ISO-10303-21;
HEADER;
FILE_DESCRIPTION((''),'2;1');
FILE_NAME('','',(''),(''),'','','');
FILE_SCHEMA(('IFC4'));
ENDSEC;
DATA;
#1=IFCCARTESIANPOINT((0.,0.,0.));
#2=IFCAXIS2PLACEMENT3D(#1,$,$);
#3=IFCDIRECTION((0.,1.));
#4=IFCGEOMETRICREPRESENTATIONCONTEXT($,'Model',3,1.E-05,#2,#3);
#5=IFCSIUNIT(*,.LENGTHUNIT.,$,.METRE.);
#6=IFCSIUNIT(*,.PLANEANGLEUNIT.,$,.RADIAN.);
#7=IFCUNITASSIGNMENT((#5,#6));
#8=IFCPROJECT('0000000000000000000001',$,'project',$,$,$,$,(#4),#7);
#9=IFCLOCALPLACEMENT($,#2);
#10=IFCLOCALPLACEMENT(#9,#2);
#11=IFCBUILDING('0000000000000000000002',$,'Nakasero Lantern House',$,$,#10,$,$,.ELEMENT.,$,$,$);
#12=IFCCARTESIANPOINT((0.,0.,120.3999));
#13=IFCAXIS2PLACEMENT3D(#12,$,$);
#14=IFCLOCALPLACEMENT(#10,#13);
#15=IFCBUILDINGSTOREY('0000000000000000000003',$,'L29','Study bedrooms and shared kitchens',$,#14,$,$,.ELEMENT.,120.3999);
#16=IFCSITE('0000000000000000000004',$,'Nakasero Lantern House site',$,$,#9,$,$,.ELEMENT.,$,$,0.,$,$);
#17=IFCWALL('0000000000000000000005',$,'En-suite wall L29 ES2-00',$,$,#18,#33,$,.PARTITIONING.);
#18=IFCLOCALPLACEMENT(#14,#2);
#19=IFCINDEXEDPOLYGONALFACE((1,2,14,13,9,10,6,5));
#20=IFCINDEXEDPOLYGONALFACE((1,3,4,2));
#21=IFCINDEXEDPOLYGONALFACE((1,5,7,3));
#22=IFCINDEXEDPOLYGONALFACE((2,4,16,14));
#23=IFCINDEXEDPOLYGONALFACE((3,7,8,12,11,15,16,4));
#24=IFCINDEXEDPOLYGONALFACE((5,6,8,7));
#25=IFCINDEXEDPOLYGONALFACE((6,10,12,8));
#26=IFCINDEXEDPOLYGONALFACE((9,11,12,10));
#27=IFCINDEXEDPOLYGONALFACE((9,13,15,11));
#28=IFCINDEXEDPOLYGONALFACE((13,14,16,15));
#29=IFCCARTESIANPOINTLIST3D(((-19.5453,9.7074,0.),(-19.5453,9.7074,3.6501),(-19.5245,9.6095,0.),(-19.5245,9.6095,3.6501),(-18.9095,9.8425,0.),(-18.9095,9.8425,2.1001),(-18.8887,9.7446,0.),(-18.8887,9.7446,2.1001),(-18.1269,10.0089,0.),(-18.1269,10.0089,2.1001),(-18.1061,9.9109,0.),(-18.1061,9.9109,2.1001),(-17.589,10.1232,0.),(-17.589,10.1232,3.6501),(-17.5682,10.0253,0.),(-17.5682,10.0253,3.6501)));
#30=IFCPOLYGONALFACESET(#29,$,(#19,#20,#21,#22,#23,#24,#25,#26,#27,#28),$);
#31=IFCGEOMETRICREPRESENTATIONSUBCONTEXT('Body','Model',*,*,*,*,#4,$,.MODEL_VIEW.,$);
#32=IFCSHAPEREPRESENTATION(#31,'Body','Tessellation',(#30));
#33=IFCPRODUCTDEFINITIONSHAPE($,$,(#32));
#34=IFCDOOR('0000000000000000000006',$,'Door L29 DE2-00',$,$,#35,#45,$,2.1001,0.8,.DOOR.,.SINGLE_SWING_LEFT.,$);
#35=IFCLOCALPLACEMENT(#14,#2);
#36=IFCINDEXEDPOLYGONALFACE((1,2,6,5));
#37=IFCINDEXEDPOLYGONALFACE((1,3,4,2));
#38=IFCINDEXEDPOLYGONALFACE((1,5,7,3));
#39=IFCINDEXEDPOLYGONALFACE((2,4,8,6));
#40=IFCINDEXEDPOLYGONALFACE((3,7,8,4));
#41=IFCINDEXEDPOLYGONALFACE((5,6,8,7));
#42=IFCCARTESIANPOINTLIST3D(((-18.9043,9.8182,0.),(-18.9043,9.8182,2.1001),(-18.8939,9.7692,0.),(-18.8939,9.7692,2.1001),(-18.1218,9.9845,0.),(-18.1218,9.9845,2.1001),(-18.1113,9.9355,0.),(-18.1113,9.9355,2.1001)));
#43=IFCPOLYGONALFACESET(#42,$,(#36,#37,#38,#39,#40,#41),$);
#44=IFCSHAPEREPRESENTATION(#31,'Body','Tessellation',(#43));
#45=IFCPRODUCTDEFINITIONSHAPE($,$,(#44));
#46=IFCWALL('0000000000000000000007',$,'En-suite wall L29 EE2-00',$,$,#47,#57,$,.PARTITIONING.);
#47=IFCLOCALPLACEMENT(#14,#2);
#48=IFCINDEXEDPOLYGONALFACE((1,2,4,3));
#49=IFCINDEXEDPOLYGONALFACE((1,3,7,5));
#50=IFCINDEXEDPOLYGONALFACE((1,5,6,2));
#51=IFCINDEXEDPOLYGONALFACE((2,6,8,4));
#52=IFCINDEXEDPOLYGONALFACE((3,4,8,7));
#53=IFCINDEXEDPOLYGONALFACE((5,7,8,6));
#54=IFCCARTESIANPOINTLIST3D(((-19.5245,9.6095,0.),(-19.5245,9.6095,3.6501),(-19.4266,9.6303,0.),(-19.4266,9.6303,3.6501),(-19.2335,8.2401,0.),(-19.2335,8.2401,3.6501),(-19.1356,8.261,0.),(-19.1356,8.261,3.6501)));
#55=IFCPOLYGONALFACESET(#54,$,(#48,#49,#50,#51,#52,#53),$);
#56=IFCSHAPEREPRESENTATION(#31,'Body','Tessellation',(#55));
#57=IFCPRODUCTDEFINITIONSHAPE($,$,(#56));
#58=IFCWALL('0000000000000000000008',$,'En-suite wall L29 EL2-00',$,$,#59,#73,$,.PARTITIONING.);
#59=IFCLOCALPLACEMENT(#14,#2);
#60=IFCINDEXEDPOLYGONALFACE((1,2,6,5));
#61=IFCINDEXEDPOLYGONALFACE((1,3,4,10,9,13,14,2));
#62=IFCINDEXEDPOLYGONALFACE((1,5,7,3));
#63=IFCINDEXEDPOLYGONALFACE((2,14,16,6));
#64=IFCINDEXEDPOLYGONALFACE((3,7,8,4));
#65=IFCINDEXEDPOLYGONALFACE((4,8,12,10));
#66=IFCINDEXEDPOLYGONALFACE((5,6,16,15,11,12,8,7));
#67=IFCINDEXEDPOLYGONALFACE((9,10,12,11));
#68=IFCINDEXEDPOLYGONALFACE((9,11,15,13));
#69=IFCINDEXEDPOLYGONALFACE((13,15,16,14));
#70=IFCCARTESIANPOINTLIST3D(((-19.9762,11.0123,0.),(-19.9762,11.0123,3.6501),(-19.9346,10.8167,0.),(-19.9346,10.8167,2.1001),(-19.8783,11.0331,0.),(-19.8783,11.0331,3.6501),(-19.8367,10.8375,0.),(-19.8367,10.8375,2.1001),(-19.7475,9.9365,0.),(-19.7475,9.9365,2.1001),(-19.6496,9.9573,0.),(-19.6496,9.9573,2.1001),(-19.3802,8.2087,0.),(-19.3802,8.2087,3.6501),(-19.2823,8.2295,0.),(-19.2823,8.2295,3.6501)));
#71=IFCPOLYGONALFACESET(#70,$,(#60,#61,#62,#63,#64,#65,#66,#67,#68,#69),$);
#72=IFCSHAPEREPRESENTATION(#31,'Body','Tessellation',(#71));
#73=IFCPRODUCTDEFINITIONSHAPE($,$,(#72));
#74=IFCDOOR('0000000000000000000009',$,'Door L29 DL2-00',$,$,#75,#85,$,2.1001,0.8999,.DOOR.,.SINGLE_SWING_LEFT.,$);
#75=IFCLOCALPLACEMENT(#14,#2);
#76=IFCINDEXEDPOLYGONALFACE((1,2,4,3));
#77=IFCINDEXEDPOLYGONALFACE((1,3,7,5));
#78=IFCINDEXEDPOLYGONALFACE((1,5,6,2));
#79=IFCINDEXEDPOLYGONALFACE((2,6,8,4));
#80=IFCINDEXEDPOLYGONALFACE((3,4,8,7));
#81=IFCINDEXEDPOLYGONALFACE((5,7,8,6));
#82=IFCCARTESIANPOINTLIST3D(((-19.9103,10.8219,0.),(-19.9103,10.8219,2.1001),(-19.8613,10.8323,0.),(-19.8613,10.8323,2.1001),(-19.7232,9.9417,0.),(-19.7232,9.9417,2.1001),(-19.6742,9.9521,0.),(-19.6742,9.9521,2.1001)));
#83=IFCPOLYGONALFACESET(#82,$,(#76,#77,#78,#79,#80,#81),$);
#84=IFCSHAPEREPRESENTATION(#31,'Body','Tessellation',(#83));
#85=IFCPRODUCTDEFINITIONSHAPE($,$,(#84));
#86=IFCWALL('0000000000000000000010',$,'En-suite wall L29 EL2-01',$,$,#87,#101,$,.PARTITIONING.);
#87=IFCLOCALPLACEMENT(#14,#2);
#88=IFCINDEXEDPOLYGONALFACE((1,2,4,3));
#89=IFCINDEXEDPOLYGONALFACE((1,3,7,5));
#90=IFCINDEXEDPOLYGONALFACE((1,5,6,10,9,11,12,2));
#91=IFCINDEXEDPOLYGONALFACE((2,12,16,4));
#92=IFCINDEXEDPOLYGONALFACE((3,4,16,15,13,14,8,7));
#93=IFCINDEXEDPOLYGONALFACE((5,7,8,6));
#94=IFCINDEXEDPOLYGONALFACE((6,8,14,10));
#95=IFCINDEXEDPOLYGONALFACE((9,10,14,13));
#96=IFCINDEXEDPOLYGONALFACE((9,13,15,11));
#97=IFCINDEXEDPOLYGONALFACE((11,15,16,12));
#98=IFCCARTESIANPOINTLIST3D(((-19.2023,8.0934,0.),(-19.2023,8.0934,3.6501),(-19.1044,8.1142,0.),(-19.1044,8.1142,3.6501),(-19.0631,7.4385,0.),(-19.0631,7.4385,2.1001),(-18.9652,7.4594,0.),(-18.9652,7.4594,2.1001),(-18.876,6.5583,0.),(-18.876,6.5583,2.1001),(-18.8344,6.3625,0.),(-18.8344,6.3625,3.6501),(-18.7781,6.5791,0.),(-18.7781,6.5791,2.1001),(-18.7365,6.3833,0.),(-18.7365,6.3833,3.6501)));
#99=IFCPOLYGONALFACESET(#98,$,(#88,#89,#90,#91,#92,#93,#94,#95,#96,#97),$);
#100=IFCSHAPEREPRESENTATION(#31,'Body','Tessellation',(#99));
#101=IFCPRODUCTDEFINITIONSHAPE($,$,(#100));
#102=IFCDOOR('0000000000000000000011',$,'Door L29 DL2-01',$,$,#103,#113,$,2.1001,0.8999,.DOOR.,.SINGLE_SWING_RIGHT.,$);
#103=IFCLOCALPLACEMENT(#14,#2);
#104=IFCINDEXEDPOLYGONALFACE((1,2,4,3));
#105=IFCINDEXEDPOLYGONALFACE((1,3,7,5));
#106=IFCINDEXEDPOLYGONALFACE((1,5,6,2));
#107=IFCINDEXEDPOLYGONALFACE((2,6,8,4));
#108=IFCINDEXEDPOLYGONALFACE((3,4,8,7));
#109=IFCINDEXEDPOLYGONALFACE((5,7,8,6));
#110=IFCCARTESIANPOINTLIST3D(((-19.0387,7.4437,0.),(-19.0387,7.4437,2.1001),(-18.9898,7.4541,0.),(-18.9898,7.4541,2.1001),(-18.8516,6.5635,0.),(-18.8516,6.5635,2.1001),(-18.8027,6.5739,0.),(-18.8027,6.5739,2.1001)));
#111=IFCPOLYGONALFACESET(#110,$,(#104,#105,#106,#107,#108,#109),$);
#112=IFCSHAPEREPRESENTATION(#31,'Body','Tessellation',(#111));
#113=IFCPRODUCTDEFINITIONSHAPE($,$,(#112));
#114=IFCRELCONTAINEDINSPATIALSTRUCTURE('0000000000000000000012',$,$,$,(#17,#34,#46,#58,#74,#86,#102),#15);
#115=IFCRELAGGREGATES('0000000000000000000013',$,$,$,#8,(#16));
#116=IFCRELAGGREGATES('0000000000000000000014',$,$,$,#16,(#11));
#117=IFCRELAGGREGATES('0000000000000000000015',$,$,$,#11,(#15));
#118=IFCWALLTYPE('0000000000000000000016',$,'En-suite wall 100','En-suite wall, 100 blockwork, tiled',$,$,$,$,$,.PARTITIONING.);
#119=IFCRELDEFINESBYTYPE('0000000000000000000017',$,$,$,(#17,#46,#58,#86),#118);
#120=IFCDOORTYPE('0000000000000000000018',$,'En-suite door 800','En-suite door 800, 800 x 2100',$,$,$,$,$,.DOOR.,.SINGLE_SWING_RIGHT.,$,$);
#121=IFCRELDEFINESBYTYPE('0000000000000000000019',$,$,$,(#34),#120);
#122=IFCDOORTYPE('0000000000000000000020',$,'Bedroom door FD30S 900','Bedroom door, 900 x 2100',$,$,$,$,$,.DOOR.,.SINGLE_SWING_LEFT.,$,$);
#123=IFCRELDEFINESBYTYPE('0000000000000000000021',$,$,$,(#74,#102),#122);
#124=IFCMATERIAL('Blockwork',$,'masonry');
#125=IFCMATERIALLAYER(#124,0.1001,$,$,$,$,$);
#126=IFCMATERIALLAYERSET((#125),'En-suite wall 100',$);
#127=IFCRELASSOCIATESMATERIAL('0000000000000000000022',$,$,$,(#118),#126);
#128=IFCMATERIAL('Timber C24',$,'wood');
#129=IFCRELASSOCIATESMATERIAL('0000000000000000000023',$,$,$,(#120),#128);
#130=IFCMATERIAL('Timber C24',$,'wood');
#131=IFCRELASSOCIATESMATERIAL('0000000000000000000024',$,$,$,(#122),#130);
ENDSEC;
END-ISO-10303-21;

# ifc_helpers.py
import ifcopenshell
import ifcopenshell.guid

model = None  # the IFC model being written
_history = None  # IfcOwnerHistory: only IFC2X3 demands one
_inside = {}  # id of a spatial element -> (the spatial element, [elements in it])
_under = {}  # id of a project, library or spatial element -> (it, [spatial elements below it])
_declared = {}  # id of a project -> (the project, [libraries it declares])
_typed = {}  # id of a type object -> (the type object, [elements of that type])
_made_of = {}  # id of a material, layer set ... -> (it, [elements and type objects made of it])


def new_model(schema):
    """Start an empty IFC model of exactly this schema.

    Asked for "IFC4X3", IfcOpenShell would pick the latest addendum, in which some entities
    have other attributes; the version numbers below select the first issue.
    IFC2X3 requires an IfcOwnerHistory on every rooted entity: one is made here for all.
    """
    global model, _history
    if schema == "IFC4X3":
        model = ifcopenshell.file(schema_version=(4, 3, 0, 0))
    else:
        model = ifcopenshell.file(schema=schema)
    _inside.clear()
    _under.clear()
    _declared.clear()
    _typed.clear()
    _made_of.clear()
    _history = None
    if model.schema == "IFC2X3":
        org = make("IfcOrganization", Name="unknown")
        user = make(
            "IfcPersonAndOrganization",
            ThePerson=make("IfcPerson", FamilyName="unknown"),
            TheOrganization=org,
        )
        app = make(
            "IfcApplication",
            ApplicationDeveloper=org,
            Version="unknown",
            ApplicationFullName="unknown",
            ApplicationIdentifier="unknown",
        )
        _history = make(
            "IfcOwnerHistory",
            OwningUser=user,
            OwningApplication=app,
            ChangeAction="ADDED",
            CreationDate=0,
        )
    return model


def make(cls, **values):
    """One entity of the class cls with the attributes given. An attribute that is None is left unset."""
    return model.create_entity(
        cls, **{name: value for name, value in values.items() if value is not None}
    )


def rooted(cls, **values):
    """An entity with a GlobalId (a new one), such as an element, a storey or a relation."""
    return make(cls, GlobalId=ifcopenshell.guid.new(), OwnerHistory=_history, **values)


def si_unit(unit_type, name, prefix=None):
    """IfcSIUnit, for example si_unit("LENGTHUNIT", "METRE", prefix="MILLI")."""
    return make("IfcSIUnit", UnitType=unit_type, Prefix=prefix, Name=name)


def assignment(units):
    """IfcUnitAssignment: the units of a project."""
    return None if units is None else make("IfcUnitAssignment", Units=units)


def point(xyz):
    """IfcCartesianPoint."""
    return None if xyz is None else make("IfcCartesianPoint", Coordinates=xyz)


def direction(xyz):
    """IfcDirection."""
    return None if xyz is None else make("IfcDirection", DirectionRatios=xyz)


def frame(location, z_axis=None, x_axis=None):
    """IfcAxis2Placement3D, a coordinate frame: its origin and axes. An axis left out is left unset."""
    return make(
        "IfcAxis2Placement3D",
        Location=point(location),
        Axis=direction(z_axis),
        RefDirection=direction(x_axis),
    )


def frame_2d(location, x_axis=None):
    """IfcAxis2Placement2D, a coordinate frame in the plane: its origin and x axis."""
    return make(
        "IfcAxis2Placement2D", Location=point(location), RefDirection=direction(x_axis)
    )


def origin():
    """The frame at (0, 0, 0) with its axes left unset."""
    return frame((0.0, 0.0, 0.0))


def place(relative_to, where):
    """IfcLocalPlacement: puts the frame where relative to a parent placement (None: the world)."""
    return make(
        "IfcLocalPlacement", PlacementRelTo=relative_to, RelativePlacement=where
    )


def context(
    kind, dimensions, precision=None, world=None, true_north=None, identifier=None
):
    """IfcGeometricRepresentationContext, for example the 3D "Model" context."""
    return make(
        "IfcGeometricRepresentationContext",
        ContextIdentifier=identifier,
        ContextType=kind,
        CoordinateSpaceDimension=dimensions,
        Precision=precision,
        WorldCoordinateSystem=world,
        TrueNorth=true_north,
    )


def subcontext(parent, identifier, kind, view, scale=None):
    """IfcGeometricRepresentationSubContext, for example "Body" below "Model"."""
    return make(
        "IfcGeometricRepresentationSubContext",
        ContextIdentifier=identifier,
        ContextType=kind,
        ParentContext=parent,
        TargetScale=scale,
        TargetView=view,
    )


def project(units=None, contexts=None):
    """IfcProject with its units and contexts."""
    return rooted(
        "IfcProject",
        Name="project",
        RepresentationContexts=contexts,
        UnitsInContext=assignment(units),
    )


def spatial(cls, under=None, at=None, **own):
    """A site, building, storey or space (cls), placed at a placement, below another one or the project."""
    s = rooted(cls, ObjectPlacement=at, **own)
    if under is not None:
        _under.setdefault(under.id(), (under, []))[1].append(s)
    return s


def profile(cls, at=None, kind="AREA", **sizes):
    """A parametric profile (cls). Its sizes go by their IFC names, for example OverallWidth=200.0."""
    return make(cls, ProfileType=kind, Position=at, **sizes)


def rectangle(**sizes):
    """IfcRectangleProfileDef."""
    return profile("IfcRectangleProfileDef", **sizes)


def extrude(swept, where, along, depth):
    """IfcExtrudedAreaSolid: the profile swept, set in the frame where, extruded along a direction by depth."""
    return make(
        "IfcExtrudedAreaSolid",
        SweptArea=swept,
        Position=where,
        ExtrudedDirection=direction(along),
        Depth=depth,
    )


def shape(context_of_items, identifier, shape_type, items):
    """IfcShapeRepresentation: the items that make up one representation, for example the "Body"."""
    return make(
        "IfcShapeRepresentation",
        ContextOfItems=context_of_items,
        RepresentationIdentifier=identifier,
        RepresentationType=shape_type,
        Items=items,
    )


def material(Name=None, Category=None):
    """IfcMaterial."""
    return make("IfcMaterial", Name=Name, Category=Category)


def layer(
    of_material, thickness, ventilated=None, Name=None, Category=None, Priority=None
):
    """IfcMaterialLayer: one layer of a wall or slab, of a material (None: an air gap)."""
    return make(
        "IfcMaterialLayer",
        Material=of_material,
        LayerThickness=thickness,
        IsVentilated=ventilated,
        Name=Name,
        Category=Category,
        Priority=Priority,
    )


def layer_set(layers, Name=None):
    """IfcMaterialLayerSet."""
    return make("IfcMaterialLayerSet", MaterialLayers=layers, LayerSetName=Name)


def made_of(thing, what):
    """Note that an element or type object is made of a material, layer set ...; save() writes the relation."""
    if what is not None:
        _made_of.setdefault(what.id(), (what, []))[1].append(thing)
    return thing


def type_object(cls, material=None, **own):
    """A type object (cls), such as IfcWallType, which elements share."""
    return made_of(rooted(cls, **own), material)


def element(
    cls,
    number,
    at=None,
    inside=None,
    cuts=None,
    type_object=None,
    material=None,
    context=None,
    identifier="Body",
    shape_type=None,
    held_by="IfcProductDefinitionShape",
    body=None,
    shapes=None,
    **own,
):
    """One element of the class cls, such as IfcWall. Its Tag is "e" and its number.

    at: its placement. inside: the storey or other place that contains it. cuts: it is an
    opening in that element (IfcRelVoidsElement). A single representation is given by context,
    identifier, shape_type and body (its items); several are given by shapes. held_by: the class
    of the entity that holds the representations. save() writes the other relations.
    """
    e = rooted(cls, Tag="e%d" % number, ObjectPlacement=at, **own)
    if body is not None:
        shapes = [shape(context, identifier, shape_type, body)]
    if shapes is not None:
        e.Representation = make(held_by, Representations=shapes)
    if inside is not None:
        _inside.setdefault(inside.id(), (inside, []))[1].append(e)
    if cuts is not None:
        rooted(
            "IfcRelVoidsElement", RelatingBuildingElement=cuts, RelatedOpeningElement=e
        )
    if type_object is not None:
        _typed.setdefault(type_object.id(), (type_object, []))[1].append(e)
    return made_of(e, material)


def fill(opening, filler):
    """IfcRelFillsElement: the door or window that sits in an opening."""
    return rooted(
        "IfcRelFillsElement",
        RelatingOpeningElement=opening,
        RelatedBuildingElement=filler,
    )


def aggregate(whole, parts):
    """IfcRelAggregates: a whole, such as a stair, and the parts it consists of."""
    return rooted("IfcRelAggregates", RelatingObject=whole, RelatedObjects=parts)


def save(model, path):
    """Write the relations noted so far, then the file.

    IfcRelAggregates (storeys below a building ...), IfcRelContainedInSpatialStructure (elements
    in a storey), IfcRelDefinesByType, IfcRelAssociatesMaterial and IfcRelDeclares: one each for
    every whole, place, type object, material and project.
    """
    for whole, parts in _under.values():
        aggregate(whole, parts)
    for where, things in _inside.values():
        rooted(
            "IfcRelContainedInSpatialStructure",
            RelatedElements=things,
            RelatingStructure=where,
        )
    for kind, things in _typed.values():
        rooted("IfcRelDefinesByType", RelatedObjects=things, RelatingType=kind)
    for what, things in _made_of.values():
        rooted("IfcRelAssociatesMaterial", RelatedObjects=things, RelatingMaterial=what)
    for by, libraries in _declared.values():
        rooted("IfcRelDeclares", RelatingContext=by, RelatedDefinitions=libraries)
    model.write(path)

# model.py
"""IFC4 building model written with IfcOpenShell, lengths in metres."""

from ifc_helpers import new_model, si_unit, direction, frame, frame_2d, origin, place, context, subcontext, project, spatial, rectangle, extrude, material, layer, layer_set, type_object, element, fill, save


model = new_model("IFC4")

# Units and contexts
model_context = context("Model", 3, precision=1e-05, world=origin(), true_north=direction((0.0, 1.0)))
body_context = subcontext(model_context, "Body", "Model", "MODEL_VIEW")
ifc_project = project(units=[si_unit("LENGTHUNIT", "METRE"), si_unit("PLANEANGLEUNIT", "RADIAN")], contexts=[model_context])

# Site, building, storey
site_placement = place(None, origin())
site = spatial("IfcSite", under=ifc_project, at=site_placement, Name="Nakasero Lantern House site", CompositionType="ELEMENT", RefElevation=0.0)
building_placement = place(site_placement, origin())
building = spatial("IfcBuilding", under=site, at=building_placement, Name="Nakasero Lantern House", CompositionType="ELEMENT")
storey_placement = place(building_placement, frame((0.0, 0.0, 120.3999)))
storey = spatial("IfcBuildingStorey", under=building, at=storey_placement, Name="L29", Description="Study bedrooms and shared kitchens", CompositionType="ELEMENT", Elevation=120.3999)

# Shared definitions
ifc_material_1 = material(Name="Blockwork", Category="masonry")
ifc_layer_1 = layer(ifc_material_1, 0.1001)
ifc_layer_set_1 = layer_set([ifc_layer_1], Name="En-suite wall 100")
wall_type_1 = type_object("IfcWallType", Name="En-suite wall 100", Description="En-suite wall, 100 blockwork, tiled", PredefinedType="PARTITIONING", material=ifc_layer_set_1)
ifc_material_2 = material(Name="Timber C24", Category="wood")
door_type_1 = type_object("IfcDoorType", Name="En-suite door 800", Description="En-suite door 800, 800 x 2100", OperationType="SINGLE_SWING_RIGHT", PredefinedType="DOOR", material=ifc_material_2)

# Wall, opening, door
wall_1_placement = place(storey_placement, frame((-17.5786, 10.0742, 0.0), z_axis=(0.0, 0.0, 1.0), x_axis=(-0.978153, -0.207886, 0.0)))
wall_1 = element("IfcWall", 1, at=wall_1_placement, inside=storey, type_object=wall_type_1, Name="En-suite wall L29 ES2-00", PredefinedType="PARTITIONING", context=body_context, shape_type="SweptSolid", body=[
    extrude(rectangle(XDim=2.0, YDim=0.1001, at=frame_2d((1.0, 0.0))), origin(), (0.0, 0.0, 1.0), 3.6501),
])
opening_1_placement = place(wall_1_placement, frame((0.55, 0.0, 0.0)))
opening_1 = element("IfcOpeningElement", 2, at=opening_1_placement, cuts=wall_1, PredefinedType="OPENING", context=body_context, shape_type="SweptSolid", body=[
    extrude(rectangle(XDim=0.8, YDim=2.1001, at=frame_2d((0.3999, 1.05))), frame((0.0, 0.0701, 0.0), z_axis=(0.0, -1.0, 0.0), x_axis=(1.0, 0.0, 0.0)), (0.0, 0.0, 1.0), 0.1401),
])
door_1_placement = place(opening_1_placement, origin())
door_1 = element("IfcDoor", 3, at=door_1_placement, inside=storey, type_object=door_type_1, Name="Door L29 DE2-00", OperationType="SINGLE_SWING_LEFT", OverallHeight=2.1001, OverallWidth=0.8, PredefinedType="DOOR", context=body_context, shape_type="SweptSolid", body=[
    extrude(rectangle(XDim=0.8, YDim=2.1001, at=frame_2d((0.3999, 1.05))), frame((0.0, 0.0249, 0.0), z_axis=(0.0, -1.0, 0.0), x_axis=(1.0, 0.0, 0.0)), (0.0, 0.0, 1.0), 0.05),
])
fill(opening_1, door_1)

# Wall
wall_2_placement = place(storey_placement, frame((-19.4756, 9.6199, 0.0), z_axis=(0.0, 0.0, 1.0), x_axis=(0.207873, -0.978156, 0.0)))
element("IfcWall", 4, at=wall_2_placement, inside=storey, type_object=wall_type_1, Name="En-suite wall L29 EE2-00", PredefinedType="PARTITIONING", context=body_context, shape_type="SweptSolid", body=[
    extrude(rectangle(XDim=1.3999, YDim=0.1001, at=frame_2d((0.7, 0.0))), origin(), (0.0, 0.0, 1.0), 3.6501),
])

# Walls, openings, doors
wall_3_placement = place(storey_placement, frame((-19.9272, 11.0227, 0.0), z_axis=(0.0, 0.0, 1.0), x_axis=(0.207929, -0.978144, 0.0)))
wall_3 = element("IfcWall", 5, at=wall_3_placement, inside=storey, type_object=wall_type_1, Name="En-suite wall L29 EL2-00", PredefinedType="PARTITIONING", context=body_context, shape_type="SweptSolid", body=[
    extrude(rectangle(XDim=2.8662, YDim=0.1001, at=frame_2d((1.4331, 0.0))), origin(), (0.0, 0.0, 1.0), 3.6501),
])
opening_2_placement = place(wall_3_placement, frame((0.2, 0.0, 0.0)))
opening_2 = element("IfcOpeningElement", 6, at=opening_2_placement, cuts=wall_3, PredefinedType="OPENING", context=body_context, shape_type="SweptSolid", body=[
    extrude(rectangle(XDim=0.8999, YDim=2.1001, at=frame_2d((0.45, 1.05))), frame((0.0, 0.0701, 0.0), z_axis=(0.0, -1.0, 0.0), x_axis=(1.0, 0.0, 0.0)), (0.0, 0.0, 1.0), 0.1401),
])
ifc_material_3 = material(Name="Timber C24", Category="wood")
door_type_2 = type_object("IfcDoorType", Name="Bedroom door FD30S 900", Description="Bedroom door, 900 x 2100", OperationType="SINGLE_SWING_LEFT", PredefinedType="DOOR", material=ifc_material_3)
door_2_placement = place(opening_2_placement, origin())
door_2 = element("IfcDoor", 7, at=door_2_placement, inside=storey, type_object=door_type_2, Name="Door L29 DL2-00", OperationType="SINGLE_SWING_LEFT", OverallHeight=2.1001, OverallWidth=0.8999, PredefinedType="DOOR", context=body_context, shape_type="SweptSolid", body=[
    extrude(rectangle(XDim=0.8999, YDim=2.1001, at=frame_2d((0.45, 1.05))), frame((0.0, 0.0249, 0.0), z_axis=(0.0, -1.0, 0.0), x_axis=(1.0, 0.0, 0.0)), (0.0, 0.0, 1.0), 0.05),
])
fill(opening_2, door_2)
wall_4_placement = place(storey_placement, frame((-19.1533, 8.1038, 0.0), z_axis=(0.0, 0.0, 1.0), x_axis=(0.207908, -0.978148, 0.0)))
wall_4 = element("IfcWall", 8, at=wall_4_placement, inside=storey, type_object=wall_type_1, Name="En-suite wall L29 EL2-01", PredefinedType="PARTITIONING", context=body_context, shape_type="SweptSolid", body=[
    extrude(rectangle(XDim=1.7695, YDim=0.1001, at=frame_2d((0.8848, 0.0))), origin(), (0.0, 0.0, 1.0), 3.6501),
])
opening_3_placement = place(wall_4_placement, frame((0.6694, 0.0, 0.0)))
opening_3 = element("IfcOpeningElement", 9, at=opening_3_placement, cuts=wall_4, PredefinedType="OPENING", context=body_context, shape_type="SweptSolid", body=[
    extrude(rectangle(XDim=0.8999, YDim=2.1001, at=frame_2d((0.45, 1.05))), frame((0.0, 0.0701, 0.0), z_axis=(0.0, -1.0, 0.0), x_axis=(1.0, 0.0, 0.0)), (0.0, 0.0, 1.0), 0.1401),
])
door_3_placement = place(opening_3_placement, origin())
door_3 = element("IfcDoor", 10, at=door_3_placement, inside=storey, type_object=door_type_2, Name="Door L29 DL2-01", OperationType="SINGLE_SWING_RIGHT", OverallHeight=2.1001, OverallWidth=0.8999, PredefinedType="DOOR", context=body_context, shape_type="SweptSolid", body=[
    extrude(rectangle(XDim=0.8999, YDim=2.1001, at=frame_2d((0.45, 1.05))), frame((0.0, 0.0249, 0.0), z_axis=(0.0, -1.0, 0.0), x_axis=(1.0, 0.0, 0.0)), (0.0, 0.0, 1.0), 0.05),
])
fill(opening_3, door_3)

save(model, "model.ifc")
